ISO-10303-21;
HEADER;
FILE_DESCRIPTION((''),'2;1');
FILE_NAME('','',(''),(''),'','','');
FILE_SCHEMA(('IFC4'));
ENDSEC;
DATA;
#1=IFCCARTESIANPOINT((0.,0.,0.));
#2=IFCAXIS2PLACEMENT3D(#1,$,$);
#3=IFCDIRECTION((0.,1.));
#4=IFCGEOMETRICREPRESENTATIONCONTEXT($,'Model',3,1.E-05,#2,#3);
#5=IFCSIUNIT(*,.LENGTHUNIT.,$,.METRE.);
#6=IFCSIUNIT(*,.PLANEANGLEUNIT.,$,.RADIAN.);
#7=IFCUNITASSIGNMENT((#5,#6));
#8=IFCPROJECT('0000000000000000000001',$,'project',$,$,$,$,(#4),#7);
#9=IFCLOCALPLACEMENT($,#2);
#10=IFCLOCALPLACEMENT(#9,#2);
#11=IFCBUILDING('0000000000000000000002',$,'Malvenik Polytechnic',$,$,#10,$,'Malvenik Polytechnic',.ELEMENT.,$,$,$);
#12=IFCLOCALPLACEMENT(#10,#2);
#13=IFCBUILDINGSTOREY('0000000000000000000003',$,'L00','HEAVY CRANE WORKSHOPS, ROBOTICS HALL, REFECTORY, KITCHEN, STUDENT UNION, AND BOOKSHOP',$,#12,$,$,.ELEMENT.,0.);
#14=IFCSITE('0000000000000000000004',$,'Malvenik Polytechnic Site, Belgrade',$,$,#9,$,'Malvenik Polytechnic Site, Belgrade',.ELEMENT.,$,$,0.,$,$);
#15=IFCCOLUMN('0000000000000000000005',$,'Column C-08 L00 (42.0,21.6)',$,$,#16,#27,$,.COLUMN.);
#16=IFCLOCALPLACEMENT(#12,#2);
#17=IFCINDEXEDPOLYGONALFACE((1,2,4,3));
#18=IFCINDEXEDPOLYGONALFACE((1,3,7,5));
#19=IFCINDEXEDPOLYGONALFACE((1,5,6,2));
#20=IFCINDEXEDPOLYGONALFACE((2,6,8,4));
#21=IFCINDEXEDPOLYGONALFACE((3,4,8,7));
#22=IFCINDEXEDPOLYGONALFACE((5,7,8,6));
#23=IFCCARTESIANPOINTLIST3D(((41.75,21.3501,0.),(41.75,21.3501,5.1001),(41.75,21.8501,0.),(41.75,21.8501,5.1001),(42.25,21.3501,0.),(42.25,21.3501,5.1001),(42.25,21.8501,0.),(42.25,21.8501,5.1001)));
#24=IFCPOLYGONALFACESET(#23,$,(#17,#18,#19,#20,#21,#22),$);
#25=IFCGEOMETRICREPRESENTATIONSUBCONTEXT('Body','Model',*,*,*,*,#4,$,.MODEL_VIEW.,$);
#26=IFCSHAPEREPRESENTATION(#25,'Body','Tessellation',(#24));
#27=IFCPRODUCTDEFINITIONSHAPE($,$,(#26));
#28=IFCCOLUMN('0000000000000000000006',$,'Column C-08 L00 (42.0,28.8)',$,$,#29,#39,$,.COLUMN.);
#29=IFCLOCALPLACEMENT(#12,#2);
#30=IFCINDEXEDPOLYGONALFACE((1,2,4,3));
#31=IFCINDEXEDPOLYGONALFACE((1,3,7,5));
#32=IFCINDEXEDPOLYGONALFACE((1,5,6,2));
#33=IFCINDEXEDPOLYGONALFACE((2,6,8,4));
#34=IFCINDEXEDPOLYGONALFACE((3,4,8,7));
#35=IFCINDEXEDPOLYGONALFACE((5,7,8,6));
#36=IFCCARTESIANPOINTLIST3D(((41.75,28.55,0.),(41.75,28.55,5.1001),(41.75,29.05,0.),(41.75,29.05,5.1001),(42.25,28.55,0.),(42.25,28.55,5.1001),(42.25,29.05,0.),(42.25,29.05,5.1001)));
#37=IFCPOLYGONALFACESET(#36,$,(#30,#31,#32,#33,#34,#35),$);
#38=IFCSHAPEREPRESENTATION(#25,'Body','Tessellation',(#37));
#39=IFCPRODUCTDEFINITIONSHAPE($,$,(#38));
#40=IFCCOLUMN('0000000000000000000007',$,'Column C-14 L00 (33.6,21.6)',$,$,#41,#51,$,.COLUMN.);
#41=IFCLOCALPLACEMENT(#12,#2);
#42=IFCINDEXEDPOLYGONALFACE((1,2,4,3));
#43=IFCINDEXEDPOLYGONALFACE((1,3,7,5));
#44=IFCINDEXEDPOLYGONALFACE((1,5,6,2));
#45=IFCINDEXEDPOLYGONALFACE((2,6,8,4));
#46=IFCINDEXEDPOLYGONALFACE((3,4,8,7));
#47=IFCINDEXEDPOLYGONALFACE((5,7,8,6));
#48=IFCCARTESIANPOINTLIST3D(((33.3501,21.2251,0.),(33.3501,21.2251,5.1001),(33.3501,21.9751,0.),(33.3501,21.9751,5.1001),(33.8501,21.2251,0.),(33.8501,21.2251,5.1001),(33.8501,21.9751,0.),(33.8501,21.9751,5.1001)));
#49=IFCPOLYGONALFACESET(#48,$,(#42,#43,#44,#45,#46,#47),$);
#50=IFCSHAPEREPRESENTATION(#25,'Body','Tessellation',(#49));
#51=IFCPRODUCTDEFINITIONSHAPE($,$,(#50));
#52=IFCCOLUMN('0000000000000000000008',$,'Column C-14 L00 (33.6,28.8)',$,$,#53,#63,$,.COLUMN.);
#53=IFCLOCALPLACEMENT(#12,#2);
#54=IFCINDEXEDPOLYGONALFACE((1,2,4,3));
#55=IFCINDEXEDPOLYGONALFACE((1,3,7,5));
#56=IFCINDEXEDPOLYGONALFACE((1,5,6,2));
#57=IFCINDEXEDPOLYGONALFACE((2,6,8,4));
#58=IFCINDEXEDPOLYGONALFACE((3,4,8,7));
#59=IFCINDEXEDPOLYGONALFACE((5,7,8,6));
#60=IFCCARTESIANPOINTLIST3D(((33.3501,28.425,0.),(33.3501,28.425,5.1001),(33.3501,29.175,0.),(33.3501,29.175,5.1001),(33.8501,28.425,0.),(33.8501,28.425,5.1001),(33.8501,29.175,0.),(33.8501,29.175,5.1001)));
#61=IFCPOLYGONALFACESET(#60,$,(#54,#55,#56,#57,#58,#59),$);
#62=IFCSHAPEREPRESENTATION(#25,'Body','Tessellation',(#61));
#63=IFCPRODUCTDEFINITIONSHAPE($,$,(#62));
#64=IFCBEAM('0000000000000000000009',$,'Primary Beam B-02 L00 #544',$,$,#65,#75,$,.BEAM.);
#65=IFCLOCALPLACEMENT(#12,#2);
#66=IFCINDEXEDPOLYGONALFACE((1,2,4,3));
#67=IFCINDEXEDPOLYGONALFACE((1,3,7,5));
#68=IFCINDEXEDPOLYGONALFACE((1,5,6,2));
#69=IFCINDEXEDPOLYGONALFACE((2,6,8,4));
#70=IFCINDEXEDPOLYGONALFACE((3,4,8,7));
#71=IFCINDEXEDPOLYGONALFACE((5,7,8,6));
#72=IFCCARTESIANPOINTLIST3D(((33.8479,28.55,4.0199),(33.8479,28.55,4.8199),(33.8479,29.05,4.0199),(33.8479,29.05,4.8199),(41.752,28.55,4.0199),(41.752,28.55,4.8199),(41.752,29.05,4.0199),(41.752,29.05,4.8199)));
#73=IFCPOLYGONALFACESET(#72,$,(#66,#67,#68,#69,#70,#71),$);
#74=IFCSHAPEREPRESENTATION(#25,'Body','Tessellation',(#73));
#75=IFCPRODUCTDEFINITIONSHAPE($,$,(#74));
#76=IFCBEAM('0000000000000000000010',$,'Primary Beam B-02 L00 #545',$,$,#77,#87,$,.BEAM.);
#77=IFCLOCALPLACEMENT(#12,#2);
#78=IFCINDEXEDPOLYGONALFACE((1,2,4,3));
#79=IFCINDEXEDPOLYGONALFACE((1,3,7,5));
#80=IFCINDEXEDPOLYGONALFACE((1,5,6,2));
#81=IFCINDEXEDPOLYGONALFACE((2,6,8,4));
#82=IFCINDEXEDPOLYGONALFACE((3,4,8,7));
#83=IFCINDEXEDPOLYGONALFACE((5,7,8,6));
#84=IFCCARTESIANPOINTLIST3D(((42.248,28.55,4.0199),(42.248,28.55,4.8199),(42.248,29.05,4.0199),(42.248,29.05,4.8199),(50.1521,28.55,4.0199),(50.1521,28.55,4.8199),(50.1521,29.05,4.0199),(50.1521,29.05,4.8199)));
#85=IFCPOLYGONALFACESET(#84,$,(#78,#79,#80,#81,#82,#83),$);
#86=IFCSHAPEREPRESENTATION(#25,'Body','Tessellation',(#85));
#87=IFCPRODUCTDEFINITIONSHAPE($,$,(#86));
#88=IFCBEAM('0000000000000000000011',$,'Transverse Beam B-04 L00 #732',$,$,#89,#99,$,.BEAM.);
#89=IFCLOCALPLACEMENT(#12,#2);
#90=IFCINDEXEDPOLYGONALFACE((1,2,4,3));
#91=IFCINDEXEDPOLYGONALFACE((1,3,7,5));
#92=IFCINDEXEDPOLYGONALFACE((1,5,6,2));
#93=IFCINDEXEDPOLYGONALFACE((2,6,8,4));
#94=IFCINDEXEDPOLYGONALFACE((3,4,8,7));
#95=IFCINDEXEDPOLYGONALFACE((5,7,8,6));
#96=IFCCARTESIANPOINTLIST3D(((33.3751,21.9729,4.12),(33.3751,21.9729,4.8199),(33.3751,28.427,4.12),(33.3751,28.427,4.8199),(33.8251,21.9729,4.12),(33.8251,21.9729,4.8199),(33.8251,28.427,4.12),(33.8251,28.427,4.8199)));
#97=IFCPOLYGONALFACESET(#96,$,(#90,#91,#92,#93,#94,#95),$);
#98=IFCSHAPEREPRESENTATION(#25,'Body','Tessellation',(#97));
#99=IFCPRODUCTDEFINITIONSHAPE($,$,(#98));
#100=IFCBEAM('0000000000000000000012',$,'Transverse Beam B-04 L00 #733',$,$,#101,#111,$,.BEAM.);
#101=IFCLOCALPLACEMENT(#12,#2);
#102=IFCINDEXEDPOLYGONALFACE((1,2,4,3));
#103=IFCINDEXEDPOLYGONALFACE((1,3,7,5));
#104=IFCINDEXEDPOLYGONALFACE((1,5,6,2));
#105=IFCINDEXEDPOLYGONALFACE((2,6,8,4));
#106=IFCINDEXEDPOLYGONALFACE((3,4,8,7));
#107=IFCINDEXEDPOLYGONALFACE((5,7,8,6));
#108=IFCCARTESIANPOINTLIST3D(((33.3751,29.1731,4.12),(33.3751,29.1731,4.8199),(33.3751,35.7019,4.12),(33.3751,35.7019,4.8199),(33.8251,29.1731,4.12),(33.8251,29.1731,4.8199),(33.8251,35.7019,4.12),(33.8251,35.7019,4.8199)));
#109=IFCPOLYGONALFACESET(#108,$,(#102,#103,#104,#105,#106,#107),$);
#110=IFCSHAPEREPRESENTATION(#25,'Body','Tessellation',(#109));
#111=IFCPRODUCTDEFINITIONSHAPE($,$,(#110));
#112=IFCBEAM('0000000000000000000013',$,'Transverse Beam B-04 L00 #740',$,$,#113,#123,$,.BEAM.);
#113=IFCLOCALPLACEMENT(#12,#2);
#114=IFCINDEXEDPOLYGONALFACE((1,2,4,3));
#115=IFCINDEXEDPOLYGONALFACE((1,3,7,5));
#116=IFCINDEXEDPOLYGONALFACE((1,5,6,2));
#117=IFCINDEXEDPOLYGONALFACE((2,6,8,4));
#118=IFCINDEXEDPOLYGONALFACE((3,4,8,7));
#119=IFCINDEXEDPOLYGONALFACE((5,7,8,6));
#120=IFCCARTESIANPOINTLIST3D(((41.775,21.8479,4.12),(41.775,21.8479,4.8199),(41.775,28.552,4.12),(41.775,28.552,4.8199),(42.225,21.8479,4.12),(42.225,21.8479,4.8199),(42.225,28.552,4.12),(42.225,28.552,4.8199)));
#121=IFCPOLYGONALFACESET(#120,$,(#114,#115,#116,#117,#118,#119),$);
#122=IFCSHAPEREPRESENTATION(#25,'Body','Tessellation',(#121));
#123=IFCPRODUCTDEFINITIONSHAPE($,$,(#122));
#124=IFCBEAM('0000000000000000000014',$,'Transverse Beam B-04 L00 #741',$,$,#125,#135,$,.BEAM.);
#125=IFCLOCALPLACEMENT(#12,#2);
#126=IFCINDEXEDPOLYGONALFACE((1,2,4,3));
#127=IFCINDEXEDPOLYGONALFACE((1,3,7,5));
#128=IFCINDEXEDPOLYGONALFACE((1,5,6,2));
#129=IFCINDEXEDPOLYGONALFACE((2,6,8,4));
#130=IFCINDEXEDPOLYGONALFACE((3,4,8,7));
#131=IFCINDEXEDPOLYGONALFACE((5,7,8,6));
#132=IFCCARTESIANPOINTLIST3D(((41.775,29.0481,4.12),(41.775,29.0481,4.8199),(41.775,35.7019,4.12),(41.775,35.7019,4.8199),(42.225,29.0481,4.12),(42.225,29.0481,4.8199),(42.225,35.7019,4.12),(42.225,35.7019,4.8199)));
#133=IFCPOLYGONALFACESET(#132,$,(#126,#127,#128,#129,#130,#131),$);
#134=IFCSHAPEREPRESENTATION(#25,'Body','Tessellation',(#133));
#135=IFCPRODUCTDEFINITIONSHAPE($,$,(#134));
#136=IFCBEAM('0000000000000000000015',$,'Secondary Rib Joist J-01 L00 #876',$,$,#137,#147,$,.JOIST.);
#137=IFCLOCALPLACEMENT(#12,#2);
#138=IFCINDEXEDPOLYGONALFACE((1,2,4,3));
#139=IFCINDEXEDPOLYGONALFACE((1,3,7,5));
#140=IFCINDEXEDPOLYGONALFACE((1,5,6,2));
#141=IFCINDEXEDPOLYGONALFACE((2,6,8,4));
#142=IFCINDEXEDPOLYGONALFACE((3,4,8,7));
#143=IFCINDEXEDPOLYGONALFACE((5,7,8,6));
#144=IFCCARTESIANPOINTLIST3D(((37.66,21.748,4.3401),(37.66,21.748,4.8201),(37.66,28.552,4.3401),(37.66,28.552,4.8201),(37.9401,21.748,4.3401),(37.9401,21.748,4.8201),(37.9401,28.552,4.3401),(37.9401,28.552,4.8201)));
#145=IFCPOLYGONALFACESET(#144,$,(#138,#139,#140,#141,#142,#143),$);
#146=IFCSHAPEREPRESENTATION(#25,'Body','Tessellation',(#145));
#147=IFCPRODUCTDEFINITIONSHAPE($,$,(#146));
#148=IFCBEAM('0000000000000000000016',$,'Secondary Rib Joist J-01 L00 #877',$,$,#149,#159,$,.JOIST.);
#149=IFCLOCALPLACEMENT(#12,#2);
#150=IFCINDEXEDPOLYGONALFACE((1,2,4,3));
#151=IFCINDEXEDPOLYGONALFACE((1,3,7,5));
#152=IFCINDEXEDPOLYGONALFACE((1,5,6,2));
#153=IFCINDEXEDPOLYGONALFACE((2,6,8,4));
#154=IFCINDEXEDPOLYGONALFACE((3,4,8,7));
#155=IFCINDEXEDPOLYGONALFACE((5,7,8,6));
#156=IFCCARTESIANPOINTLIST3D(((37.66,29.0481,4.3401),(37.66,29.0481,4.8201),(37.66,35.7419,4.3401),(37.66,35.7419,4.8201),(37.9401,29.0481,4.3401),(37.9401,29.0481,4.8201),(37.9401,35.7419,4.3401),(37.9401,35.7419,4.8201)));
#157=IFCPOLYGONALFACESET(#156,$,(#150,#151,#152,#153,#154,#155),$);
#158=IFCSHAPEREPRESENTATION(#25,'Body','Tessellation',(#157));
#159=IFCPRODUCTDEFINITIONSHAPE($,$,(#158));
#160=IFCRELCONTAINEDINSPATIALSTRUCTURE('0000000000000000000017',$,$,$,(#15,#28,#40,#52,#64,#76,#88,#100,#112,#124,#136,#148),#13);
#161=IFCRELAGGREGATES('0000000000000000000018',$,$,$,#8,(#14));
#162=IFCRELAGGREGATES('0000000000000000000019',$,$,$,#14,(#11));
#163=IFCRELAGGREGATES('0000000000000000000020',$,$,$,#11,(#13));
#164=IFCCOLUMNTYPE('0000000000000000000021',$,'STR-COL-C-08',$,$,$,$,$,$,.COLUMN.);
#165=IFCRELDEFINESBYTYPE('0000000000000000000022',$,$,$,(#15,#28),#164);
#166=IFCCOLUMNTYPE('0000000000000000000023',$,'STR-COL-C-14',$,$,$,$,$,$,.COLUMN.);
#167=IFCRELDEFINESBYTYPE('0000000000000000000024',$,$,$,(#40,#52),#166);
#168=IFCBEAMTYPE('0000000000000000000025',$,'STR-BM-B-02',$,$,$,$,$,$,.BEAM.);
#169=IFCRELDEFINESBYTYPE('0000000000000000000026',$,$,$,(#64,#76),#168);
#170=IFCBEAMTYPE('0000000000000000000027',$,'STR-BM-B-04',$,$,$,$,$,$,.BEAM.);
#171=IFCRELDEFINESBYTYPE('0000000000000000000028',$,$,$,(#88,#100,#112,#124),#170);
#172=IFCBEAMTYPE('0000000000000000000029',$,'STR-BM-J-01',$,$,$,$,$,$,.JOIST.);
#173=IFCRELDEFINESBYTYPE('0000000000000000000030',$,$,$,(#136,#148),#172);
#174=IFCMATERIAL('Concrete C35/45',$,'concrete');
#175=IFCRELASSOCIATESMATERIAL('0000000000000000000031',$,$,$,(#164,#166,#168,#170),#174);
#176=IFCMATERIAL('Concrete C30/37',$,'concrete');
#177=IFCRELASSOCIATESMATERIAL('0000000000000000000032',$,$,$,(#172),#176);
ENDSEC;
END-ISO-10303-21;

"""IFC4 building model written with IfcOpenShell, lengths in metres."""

from ifc_helpers import new_model, si_unit, direction, frame, origin, origin_2d, place, context, subcontext, project, spatial, rectangle, extrude, material, material_profile, profile_set, type_object, element, save


model = new_model("IFC4")

# Units and contexts
model_context = context("Model", 3, precision=1e-05, world=origin(), true_north=direction((0.0, 1.0)))
body_context = subcontext(model_context, "Body", "Model", "MODEL_VIEW")
ifc_project = project(units=[si_unit("LENGTHUNIT", "METRE"), si_unit("PLANEANGLEUNIT", "RADIAN")], contexts=[model_context])

# Site, building, storey
site_placement = place(None, origin())
site = spatial("IfcSite", under=ifc_project, at=site_placement, Name="Malvenik Polytechnic Site, Belgrade", LongName="Malvenik Polytechnic Site, Belgrade", CompositionType="ELEMENT", RefElevation=0.0)
building_placement = place(site_placement, origin())
building = spatial("IfcBuilding", under=site, at=building_placement, Name="Malvenik Polytechnic", LongName="Malvenik Polytechnic", CompositionType="ELEMENT")
storey_placement = place(building_placement, origin())
storey = spatial("IfcBuildingStorey", under=building, at=storey_placement, Name="L00", Description="HEAVY CRANE WORKSHOPS, ROBOTICS HALL, REFECTORY, KITCHEN, STUDENT UNION, AND BOOKSHOP", CompositionType="ELEMENT", Elevation=0.0)

# Columns
ifc_material_1 = material(Name="Concrete C35/45", Category="concrete")
ifc_material_profile_1 = material_profile(ifc_material_1, rectangle(XDim=0.5, YDim=0.5, at=origin_2d()), Name="RC COL 500x500")
ifc_profile_set_1 = profile_set([ifc_material_profile_1], Name="Concrete C35/45")
column_type_1 = type_object("IfcColumnType", Name="STR-COL-C-08", PredefinedType="COLUMN", material=ifc_profile_set_1)
for number, where, z_axis, x_axis, name in (
    (1, (42.0, 21.6001, 0.0), (0.0, 0.0, 1.0), (1.0, 0.0, 0.0), "Column C-08 L00 (42.0,21.6)"),
    (2, (42.0, 28.8, 0.0), (0.0, 0.0, 1.0), (1.0, 0.0, 0.0), "Column C-08 L00 (42.0,28.8)"),
):
    element("IfcColumn", number, at=place(storey_placement, frame(where, z_axis=z_axis, x_axis=x_axis)), inside=storey, type_object=column_type_1, Name=name, PredefinedType="COLUMN", context=body_context, shape_type="SweptSolid", body=[
        extrude(rectangle(XDim=0.5, YDim=0.5, at=origin_2d()), origin(), (0.0, 0.0, 1.0), 5.1001),
    ])
ifc_material_profile_2 = material_profile(ifc_material_1, rectangle(XDim=0.5, YDim=0.75, at=origin_2d()), Name="RC COL 750x500")
ifc_profile_set_2 = profile_set([ifc_material_profile_2], Name="Concrete C35/45")
column_type_2 = type_object("IfcColumnType", Name="STR-COL-C-14", PredefinedType="COLUMN", material=ifc_profile_set_2)
for number, where, z_axis, x_axis, name in (
    (3, (33.6001, 21.6001, 0.0), (0.0, 0.0, 1.0), (1.0, 0.0, 0.0), "Column C-14 L00 (33.6,21.6)"),
    (4, (33.6001, 28.8, 0.0), (0.0, 0.0, 1.0), (1.0, 0.0, 0.0), "Column C-14 L00 (33.6,28.8)"),
):
    element("IfcColumn", number, at=place(storey_placement, frame(where, z_axis=z_axis, x_axis=x_axis)), inside=storey, type_object=column_type_2, Name=name, PredefinedType="COLUMN", context=body_context, shape_type="SweptSolid", body=[
        extrude(rectangle(XDim=0.5, YDim=0.75, at=origin_2d()), origin(), (0.0, 0.0, 1.0), 5.1001),
    ])

# Beams
ifc_material_profile_3 = material_profile(ifc_material_1, rectangle(XDim=0.5, YDim=0.8, at=origin_2d()), Name="RC BM 500x800")
ifc_profile_set_3 = profile_set([ifc_material_profile_3], Name="Concrete C35/45")
beam_type_1 = type_object("IfcBeamType", Name="STR-BM-B-02", PredefinedType="BEAM", material=ifc_profile_set_3)
for number, where, z_axis, x_axis, name in (
    (5, (33.8479, 28.8, 4.4199), (1.0, 0.0, 0.0), (0.0, 1.0, 0.0), "Primary Beam B-02 L00 #544"),
    (6, (42.248, 28.8, 4.4199), (1.0, 0.0, 0.0), (0.0, 1.0, 0.0), "Primary Beam B-02 L00 #545"),
):
    element("IfcBeam", number, at=place(storey_placement, frame(where, z_axis=z_axis, x_axis=x_axis)), inside=storey, type_object=beam_type_1, Name=name, PredefinedType="BEAM", context=body_context, shape_type="SweptSolid", body=[
        extrude(rectangle(XDim=0.5, YDim=0.8, at=origin_2d()), origin(), (0.0, 0.0, 1.0), 7.9041),
    ])
ifc_material_profile_4 = material_profile(ifc_material_1, rectangle(XDim=0.45, YDim=0.7, at=origin_2d()), Name="RC BM 450x700")
ifc_profile_set_4 = profile_set([ifc_material_profile_4], Name="Concrete C35/45")
beam_type_2 = type_object("IfcBeamType", Name="STR-BM-B-04", PredefinedType="BEAM", material=ifc_profile_set_4)
beam_1_placement = place(storey_placement, frame((33.6001, 21.9729, 4.47), z_axis=(0.0, 1.0, 0.0), x_axis=(-1.0, 0.0, 0.0)))
element("IfcBeam", 7, at=beam_1_placement, inside=storey, type_object=beam_type_2, Name="Transverse Beam B-04 L00 #732", PredefinedType="BEAM", context=body_context, shape_type="SweptSolid", body=[
    extrude(rectangle(XDim=0.45, YDim=0.7, at=origin_2d()), origin(), (0.0, 0.0, 1.0), 6.4541),
])
beam_2_placement = place(storey_placement, frame((33.6001, 29.1731, 4.47), z_axis=(0.0, 1.0, 0.0), x_axis=(-1.0, 0.0, 0.0)))
element("IfcBeam", 8, at=beam_2_placement, inside=storey, type_object=beam_type_2, Name="Transverse Beam B-04 L00 #733", PredefinedType="BEAM", context=body_context, shape_type="SweptSolid", body=[
    extrude(rectangle(XDim=0.45, YDim=0.7, at=origin_2d()), origin(), (0.0, 0.0, 1.0), 6.5288),
])
beam_3_placement = place(storey_placement, frame((42.0, 21.8479, 4.47), z_axis=(0.0, 1.0, 0.0), x_axis=(-1.0, 0.0, 0.0)))
element("IfcBeam", 9, at=beam_3_placement, inside=storey, type_object=beam_type_2, Name="Transverse Beam B-04 L00 #740", PredefinedType="BEAM", context=body_context, shape_type="SweptSolid", body=[
    extrude(rectangle(XDim=0.45, YDim=0.7, at=origin_2d()), origin(), (0.0, 0.0, 1.0), 6.7041),
])
beam_4_placement = place(storey_placement, frame((42.0, 29.0481, 4.47), z_axis=(0.0, 1.0, 0.0), x_axis=(-1.0, 0.0, 0.0)))
element("IfcBeam", 10, at=beam_4_placement, inside=storey, type_object=beam_type_2, Name="Transverse Beam B-04 L00 #741", PredefinedType="BEAM", context=body_context, shape_type="SweptSolid", body=[
    extrude(rectangle(XDim=0.45, YDim=0.7, at=origin_2d()), origin(), (0.0, 0.0, 1.0), 6.6538),
])
ifc_material_2 = material(Name="Concrete C30/37", Category="concrete")
ifc_material_profile_5 = material_profile(ifc_material_2, rectangle(XDim=0.28, YDim=0.48, at=origin_2d()), Name="RC JST 280x480")
ifc_profile_set_5 = profile_set([ifc_material_profile_5], Name="Concrete C30/37")
beam_type_3 = type_object("IfcBeamType", Name="STR-BM-J-01", PredefinedType="JOIST", material=ifc_profile_set_5)
beam_5_placement = place(storey_placement, frame((37.8, 21.748, 4.5801), z_axis=(0.0, 1.0, 0.0), x_axis=(-1.0, 0.0, 0.0)))
element("IfcBeam", 11, at=beam_5_placement, inside=storey, type_object=beam_type_3, Name="Secondary Rib Joist J-01 L00 #876", PredefinedType="JOIST", context=body_context, shape_type="SweptSolid", body=[
    extrude(rectangle(XDim=0.28, YDim=0.48, at=origin_2d()), origin(), (0.0, 0.0, 1.0), 6.804),
])
beam_6_placement = place(storey_placement, frame((37.8, 29.0481, 4.5801), z_axis=(0.0, 1.0, 0.0), x_axis=(-1.0, 0.0, 0.0)))
element("IfcBeam", 12, at=beam_6_placement, inside=storey, type_object=beam_type_3, Name="Secondary Rib Joist J-01 L00 #877", PredefinedType="JOIST", context=body_context, shape_type="SweptSolid", body=[
    extrude(rectangle(XDim=0.28, YDim=0.48, at=origin_2d()), origin(), (0.0, 0.0, 1.0), 6.6938),
])

save(model, "model.ifc")
